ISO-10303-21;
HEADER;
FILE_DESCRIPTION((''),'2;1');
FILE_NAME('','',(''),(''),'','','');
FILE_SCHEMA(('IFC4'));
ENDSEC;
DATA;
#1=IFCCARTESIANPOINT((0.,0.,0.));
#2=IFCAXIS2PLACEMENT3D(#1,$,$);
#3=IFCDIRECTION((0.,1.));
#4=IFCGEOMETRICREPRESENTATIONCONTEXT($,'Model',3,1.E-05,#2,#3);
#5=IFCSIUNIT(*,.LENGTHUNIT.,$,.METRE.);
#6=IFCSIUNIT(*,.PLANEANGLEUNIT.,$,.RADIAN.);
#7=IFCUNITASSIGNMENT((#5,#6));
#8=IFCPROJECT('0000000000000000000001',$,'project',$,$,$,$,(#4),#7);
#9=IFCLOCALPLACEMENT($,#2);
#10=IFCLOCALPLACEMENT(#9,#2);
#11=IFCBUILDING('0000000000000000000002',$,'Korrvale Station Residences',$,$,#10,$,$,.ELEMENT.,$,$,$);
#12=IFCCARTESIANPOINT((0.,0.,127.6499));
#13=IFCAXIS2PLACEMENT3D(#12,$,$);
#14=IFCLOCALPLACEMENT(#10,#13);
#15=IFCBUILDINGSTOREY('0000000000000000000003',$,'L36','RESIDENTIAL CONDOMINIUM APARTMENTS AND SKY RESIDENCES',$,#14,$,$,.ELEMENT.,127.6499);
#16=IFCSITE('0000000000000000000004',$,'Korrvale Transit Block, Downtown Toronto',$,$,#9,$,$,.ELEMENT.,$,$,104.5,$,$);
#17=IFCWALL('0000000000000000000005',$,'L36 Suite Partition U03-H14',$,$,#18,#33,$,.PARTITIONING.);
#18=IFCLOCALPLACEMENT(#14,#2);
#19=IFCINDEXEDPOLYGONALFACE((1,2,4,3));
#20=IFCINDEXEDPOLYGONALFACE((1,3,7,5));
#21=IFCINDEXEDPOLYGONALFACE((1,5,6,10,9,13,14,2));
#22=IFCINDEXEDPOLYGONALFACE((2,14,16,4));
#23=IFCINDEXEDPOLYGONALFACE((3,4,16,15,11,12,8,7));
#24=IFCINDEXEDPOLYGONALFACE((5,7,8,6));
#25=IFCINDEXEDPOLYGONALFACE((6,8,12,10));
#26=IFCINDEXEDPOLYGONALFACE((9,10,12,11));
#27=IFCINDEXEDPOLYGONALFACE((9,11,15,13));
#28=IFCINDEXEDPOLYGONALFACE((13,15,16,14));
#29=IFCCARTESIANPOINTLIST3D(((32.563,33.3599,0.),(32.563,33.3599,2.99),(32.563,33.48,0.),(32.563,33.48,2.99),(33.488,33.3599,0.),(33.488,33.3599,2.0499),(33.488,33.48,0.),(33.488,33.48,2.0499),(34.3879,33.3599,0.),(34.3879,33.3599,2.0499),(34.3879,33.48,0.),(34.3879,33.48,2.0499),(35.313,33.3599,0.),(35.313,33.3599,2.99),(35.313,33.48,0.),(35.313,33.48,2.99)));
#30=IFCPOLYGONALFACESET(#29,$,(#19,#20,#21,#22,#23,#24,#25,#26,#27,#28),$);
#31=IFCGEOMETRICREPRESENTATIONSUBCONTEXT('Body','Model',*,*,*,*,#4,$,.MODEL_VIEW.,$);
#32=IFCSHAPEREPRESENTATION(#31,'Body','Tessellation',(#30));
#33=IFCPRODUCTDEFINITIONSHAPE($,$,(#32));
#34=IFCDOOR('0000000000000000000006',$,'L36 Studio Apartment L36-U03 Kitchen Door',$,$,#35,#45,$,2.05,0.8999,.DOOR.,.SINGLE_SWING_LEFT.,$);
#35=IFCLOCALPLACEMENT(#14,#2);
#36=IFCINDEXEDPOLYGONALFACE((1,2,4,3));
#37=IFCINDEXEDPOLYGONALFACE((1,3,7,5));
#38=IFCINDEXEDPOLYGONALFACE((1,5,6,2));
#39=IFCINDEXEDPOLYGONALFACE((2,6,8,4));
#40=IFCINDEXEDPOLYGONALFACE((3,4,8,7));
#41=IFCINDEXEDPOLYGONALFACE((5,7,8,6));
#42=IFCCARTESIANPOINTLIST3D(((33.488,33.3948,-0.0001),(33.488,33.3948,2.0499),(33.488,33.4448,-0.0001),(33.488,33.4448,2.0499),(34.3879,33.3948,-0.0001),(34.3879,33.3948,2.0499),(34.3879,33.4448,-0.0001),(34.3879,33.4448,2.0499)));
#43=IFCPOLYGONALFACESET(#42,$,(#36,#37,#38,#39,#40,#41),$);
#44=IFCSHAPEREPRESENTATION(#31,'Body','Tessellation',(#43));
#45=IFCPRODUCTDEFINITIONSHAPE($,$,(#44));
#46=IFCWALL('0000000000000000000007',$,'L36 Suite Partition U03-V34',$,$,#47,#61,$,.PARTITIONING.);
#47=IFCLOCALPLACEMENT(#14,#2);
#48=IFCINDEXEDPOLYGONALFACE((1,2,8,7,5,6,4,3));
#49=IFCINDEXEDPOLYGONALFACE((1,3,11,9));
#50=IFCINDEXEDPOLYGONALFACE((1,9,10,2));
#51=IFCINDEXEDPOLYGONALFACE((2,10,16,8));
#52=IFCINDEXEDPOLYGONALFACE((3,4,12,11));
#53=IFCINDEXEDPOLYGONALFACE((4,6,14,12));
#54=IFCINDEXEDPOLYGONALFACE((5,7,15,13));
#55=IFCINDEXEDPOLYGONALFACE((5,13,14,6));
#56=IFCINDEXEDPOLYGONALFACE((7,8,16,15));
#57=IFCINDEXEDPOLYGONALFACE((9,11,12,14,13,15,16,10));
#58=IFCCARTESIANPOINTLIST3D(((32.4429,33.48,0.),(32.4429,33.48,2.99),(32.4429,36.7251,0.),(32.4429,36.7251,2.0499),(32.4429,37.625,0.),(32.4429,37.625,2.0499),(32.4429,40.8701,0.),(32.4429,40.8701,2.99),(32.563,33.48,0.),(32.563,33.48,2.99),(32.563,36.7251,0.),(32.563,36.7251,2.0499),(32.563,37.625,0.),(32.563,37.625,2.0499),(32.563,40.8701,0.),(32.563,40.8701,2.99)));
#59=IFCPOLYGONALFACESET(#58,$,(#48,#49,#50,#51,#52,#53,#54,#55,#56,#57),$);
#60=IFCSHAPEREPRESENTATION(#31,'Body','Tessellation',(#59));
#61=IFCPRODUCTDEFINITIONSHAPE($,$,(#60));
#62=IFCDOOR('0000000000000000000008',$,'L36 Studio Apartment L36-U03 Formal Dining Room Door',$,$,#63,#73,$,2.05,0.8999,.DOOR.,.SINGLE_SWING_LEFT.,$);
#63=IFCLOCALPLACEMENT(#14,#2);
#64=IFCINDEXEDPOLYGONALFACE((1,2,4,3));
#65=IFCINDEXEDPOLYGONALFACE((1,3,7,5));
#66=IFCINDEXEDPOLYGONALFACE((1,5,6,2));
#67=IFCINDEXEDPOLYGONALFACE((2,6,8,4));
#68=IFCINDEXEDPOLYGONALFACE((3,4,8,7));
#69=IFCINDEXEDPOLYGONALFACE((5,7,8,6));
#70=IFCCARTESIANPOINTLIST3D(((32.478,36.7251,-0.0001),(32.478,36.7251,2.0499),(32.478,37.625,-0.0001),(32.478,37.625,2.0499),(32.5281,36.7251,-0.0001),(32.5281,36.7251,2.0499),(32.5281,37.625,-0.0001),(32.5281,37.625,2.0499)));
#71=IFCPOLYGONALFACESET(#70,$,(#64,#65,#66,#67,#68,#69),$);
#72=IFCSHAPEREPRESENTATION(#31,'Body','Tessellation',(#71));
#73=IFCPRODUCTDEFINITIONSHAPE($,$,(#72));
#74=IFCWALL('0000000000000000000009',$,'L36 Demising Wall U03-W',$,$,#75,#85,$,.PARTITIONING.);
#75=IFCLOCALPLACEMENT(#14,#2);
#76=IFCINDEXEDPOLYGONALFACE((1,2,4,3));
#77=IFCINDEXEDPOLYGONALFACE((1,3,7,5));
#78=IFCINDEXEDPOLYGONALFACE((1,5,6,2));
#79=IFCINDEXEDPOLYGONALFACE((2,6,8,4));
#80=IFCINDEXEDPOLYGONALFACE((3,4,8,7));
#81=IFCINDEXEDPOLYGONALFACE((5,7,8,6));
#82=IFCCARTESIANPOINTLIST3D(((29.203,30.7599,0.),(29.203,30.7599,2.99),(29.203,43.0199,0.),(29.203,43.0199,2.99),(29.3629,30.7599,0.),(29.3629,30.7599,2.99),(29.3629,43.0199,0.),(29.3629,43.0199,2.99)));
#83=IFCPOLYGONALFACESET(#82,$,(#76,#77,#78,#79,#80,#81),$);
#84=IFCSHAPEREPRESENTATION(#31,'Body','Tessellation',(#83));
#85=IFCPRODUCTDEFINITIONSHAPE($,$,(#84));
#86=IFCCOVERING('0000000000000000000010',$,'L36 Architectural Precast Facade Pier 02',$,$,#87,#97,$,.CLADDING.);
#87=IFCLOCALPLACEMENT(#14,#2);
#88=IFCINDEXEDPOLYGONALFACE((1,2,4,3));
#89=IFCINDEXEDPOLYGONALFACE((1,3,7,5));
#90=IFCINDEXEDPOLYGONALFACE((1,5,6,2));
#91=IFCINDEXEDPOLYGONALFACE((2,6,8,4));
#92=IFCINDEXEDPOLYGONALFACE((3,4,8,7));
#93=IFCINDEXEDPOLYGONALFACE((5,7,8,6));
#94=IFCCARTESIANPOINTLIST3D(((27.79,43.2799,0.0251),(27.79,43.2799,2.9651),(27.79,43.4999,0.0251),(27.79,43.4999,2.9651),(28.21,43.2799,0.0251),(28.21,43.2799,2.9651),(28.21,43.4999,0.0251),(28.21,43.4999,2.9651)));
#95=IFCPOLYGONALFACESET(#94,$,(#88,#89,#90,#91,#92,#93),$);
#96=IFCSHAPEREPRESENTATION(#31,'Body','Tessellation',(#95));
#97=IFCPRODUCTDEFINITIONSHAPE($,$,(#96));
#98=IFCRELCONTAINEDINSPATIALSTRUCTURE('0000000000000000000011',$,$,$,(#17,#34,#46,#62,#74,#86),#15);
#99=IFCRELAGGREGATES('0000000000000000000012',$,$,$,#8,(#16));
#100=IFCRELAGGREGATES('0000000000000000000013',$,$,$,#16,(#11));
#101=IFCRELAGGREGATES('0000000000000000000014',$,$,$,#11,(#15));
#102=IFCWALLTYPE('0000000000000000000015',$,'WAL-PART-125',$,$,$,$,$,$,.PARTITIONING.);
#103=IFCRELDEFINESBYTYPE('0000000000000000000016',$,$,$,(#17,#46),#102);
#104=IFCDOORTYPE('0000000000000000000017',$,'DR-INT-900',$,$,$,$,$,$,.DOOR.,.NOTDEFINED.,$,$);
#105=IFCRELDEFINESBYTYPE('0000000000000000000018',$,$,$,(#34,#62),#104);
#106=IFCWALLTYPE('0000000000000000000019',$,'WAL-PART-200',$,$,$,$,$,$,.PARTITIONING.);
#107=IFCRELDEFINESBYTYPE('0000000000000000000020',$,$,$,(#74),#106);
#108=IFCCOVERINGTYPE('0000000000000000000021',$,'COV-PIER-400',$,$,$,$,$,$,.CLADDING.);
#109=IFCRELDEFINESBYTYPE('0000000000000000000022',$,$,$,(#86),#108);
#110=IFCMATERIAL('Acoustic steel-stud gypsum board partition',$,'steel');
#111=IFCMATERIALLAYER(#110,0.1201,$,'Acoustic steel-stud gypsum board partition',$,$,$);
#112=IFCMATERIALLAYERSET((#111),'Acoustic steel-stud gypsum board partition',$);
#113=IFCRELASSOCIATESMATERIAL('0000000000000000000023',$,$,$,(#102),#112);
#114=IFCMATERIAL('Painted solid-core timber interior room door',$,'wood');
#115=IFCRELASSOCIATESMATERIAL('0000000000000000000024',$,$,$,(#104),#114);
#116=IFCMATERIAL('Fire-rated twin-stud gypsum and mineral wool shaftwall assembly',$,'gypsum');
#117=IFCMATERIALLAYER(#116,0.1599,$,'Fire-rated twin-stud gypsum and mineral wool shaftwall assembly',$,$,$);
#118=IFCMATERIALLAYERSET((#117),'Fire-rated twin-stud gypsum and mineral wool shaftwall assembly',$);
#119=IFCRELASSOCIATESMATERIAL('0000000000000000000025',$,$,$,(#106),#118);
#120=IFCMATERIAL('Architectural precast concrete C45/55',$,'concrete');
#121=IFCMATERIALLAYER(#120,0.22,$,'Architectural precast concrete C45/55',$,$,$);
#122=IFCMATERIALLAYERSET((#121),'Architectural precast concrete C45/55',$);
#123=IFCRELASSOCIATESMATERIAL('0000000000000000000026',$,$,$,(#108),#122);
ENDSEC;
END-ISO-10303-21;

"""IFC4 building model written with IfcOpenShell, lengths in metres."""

from ifc_helpers import new_model, si_unit, direction, frame, frame_2d, origin, origin_2d, place, context, subcontext, project, spatial, rectangle, extrude, material, layer, layer_set, type_object, element, fill, save


model = new_model("IFC4")

# Units and contexts
model_context = context("Model", 3, precision=1e-05, world=origin(), true_north=direction((0.0, 1.0)))
body_context = subcontext(model_context, "Body", "Model", "MODEL_VIEW")
ifc_project = project(units=[si_unit("LENGTHUNIT", "METRE"), si_unit("PLANEANGLEUNIT", "RADIAN")], contexts=[model_context])

# Site, building, storey
site_placement = place(None, origin())
site = spatial("IfcSite", under=ifc_project, at=site_placement, Name="Korrvale Transit Block, Downtown Toronto", CompositionType="ELEMENT", RefElevation=104.5)
building_placement = place(site_placement, origin())
building = spatial("IfcBuilding", under=site, at=building_placement, Name="Korrvale Station Residences", CompositionType="ELEMENT")
storey_placement = place(building_placement, frame((0.0, 0.0, 127.6499)))
storey = spatial("IfcBuildingStorey", under=building, at=storey_placement, Name="L36", Description="RESIDENTIAL CONDOMINIUM APARTMENTS AND SKY RESIDENCES", CompositionType="ELEMENT", Elevation=127.6499)

# Shared definitions
ifc_material_1 = material(Name="Acoustic steel-stud gypsum board partition", Category="steel")
ifc_layer_1 = layer(ifc_material_1, 0.1201, Name="Acoustic steel-stud gypsum board partition")
ifc_layer_set_1 = layer_set([ifc_layer_1], Name="Acoustic steel-stud gypsum board partition")
wall_type_1 = type_object("IfcWallType", Name="WAL-PART-125", PredefinedType="PARTITIONING", material=ifc_layer_set_1)
ifc_material_2 = material(Name="Painted solid-core timber interior room door", Category="wood")
door_type_1 = type_object("IfcDoorType", Name="DR-INT-900", OperationType="NOTDEFINED", PredefinedType="DOOR", material=ifc_material_2)

# Walls, openings, doors
wall_1_placement = place(storey_placement, frame((32.563, 33.4199, 0.0), z_axis=(0.0, 0.0, 1.0), x_axis=(1.0, 0.0, 0.0)))
wall_1 = element("IfcWall", 1, at=wall_1_placement, inside=storey, type_object=wall_type_1, Name="L36 Suite Partition U03-H14", PredefinedType="PARTITIONING", context=body_context, shape_type="SweptSolid", body=[
    extrude(rectangle(XDim=2.75, YDim=0.1201, at=frame_2d((1.375, 0.0))), origin(), (0.0, 0.0, 1.0), 2.99),
])
opening_1_placement = place(wall_1_placement, frame((0.925, 0.0, 0.0)))
opening_1 = element("IfcOpeningElement", 2, at=opening_1_placement, cuts=wall_1, PredefinedType="OPENING", context=body_context, shape_type="SweptSolid", body=[
    extrude(rectangle(XDim=0.8999, YDim=2.05, at=frame_2d((0.45, 1.0249))), frame((0.0, 0.0701, 0.0), z_axis=(0.0, -1.0, 0.0), x_axis=(1.0, 0.0, 0.0)), (0.0, 0.0, 1.0), 0.1401),
])
door_1_placement = place(opening_1_placement, origin())
door_1 = element("IfcDoor", 3, at=door_1_placement, inside=storey, type_object=door_type_1, Name="L36 Studio Apartment L36-U03 Kitchen Door", OperationType="SINGLE_SWING_LEFT", OverallHeight=2.05, OverallWidth=0.8999, PredefinedType="DOOR", context=body_context, shape_type="SweptSolid", body=[
    extrude(rectangle(XDim=0.8999, YDim=2.05, at=frame_2d((0.45, 1.0249))), frame((0.0, 0.0249, 0.0), z_axis=(0.0, -1.0, 0.0), x_axis=(1.0, 0.0, 0.0)), (0.0, 0.0, 1.0), 0.05),
])
fill(opening_1, door_1)
wall_2_placement = place(storey_placement, frame((32.5029, 33.48, 0.0), z_axis=(0.0, 0.0, 1.0), x_axis=(0.0, 1.0, 0.0)))
wall_2 = element("IfcWall", 4, at=wall_2_placement, inside=storey, type_object=wall_type_1, Name="L36 Suite Partition U03-V34", PredefinedType="PARTITIONING", context=body_context, shape_type="SweptSolid", body=[
    extrude(rectangle(XDim=7.3901, YDim=0.1201, at=frame_2d((3.6951, 0.0))), origin(), (0.0, 0.0, 1.0), 2.99),
])
opening_2_placement = place(wall_2_placement, frame((3.2451, 0.0, 0.0)))
opening_2 = element("IfcOpeningElement", 5, at=opening_2_placement, cuts=wall_2, PredefinedType="OPENING", context=body_context, shape_type="SweptSolid", body=[
    extrude(rectangle(XDim=0.8999, YDim=2.05, at=frame_2d((0.45, 1.0249))), frame((0.0, 0.0701, 0.0), z_axis=(0.0, -1.0, 0.0), x_axis=(1.0, 0.0, 0.0)), (0.0, 0.0, 1.0), 0.1401),
])
door_2_placement = place(opening_2_placement, origin())
door_2 = element("IfcDoor", 6, at=door_2_placement, inside=storey, type_object=door_type_1, Name="L36 Studio Apartment L36-U03 Formal Dining Room Door", OperationType="SINGLE_SWING_LEFT", OverallHeight=2.05, OverallWidth=0.8999, PredefinedType="DOOR", context=body_context, shape_type="SweptSolid", body=[
    extrude(rectangle(XDim=0.8999, YDim=2.05, at=frame_2d((0.45, 1.0249))), frame((0.0, 0.0249, 0.0), z_axis=(0.0, -1.0, 0.0), x_axis=(1.0, 0.0, 0.0)), (0.0, 0.0, 1.0), 0.05),
])
fill(opening_2, door_2)

# Wall
ifc_material_3 = material(Name="Fire-rated twin-stud gypsum and mineral wool shaftwall assembly", Category="gypsum")
ifc_layer_2 = layer(ifc_material_3, 0.1599, Name="Fire-rated twin-stud gypsum and mineral wool shaftwall assembly")
ifc_layer_set_2 = layer_set([ifc_layer_2], Name="Fire-rated twin-stud gypsum and mineral wool shaftwall assembly")
wall_type_2 = type_object("IfcWallType", Name="WAL-PART-200", PredefinedType="PARTITIONING", material=ifc_layer_set_2)
wall_3_placement = place(storey_placement, frame((29.283, 30.76, 0.0), z_axis=(0.0, 0.0, 1.0), x_axis=(0.0, 1.0, 0.0)))
element("IfcWall", 7, at=wall_3_placement, inside=storey, type_object=wall_type_2, Name="L36 Demising Wall U03-W", PredefinedType="PARTITIONING", context=body_context, shape_type="SweptSolid", body=[
    extrude(rectangle(XDim=12.26, YDim=0.1599, at=frame_2d((6.1299, 0.0))), origin(), (0.0, 0.0, 1.0), 2.99),
])

# Covering
ifc_material_4 = material(Name="Architectural precast concrete C45/55", Category="concrete")
ifc_layer_3 = layer(ifc_material_4, 0.22, Name="Architectural precast concrete C45/55")
ifc_layer_set_3 = layer_set([ifc_layer_3], Name="Architectural precast concrete C45/55")
covering_type = type_object("IfcCoveringType", Name="COV-PIER-400", PredefinedType="CLADDING", material=ifc_layer_set_3)
covering_placement = place(storey_placement, frame((28.0, 43.3899, 0.0251), z_axis=(0.0, 0.0, 1.0), x_axis=(1.0, 0.0, 0.0)))
element("IfcCovering", 8, at=covering_placement, inside=storey, type_object=covering_type, Name="L36 Architectural Precast Facade Pier 02", PredefinedType="CLADDING", context=body_context, shape_type="SweptSolid", body=[
    extrude(rectangle(XDim=0.4199, YDim=0.22, at=origin_2d()), origin(), (0.0, 0.0, 1.0), 2.9399),
])

save(model, "model.ifc")
